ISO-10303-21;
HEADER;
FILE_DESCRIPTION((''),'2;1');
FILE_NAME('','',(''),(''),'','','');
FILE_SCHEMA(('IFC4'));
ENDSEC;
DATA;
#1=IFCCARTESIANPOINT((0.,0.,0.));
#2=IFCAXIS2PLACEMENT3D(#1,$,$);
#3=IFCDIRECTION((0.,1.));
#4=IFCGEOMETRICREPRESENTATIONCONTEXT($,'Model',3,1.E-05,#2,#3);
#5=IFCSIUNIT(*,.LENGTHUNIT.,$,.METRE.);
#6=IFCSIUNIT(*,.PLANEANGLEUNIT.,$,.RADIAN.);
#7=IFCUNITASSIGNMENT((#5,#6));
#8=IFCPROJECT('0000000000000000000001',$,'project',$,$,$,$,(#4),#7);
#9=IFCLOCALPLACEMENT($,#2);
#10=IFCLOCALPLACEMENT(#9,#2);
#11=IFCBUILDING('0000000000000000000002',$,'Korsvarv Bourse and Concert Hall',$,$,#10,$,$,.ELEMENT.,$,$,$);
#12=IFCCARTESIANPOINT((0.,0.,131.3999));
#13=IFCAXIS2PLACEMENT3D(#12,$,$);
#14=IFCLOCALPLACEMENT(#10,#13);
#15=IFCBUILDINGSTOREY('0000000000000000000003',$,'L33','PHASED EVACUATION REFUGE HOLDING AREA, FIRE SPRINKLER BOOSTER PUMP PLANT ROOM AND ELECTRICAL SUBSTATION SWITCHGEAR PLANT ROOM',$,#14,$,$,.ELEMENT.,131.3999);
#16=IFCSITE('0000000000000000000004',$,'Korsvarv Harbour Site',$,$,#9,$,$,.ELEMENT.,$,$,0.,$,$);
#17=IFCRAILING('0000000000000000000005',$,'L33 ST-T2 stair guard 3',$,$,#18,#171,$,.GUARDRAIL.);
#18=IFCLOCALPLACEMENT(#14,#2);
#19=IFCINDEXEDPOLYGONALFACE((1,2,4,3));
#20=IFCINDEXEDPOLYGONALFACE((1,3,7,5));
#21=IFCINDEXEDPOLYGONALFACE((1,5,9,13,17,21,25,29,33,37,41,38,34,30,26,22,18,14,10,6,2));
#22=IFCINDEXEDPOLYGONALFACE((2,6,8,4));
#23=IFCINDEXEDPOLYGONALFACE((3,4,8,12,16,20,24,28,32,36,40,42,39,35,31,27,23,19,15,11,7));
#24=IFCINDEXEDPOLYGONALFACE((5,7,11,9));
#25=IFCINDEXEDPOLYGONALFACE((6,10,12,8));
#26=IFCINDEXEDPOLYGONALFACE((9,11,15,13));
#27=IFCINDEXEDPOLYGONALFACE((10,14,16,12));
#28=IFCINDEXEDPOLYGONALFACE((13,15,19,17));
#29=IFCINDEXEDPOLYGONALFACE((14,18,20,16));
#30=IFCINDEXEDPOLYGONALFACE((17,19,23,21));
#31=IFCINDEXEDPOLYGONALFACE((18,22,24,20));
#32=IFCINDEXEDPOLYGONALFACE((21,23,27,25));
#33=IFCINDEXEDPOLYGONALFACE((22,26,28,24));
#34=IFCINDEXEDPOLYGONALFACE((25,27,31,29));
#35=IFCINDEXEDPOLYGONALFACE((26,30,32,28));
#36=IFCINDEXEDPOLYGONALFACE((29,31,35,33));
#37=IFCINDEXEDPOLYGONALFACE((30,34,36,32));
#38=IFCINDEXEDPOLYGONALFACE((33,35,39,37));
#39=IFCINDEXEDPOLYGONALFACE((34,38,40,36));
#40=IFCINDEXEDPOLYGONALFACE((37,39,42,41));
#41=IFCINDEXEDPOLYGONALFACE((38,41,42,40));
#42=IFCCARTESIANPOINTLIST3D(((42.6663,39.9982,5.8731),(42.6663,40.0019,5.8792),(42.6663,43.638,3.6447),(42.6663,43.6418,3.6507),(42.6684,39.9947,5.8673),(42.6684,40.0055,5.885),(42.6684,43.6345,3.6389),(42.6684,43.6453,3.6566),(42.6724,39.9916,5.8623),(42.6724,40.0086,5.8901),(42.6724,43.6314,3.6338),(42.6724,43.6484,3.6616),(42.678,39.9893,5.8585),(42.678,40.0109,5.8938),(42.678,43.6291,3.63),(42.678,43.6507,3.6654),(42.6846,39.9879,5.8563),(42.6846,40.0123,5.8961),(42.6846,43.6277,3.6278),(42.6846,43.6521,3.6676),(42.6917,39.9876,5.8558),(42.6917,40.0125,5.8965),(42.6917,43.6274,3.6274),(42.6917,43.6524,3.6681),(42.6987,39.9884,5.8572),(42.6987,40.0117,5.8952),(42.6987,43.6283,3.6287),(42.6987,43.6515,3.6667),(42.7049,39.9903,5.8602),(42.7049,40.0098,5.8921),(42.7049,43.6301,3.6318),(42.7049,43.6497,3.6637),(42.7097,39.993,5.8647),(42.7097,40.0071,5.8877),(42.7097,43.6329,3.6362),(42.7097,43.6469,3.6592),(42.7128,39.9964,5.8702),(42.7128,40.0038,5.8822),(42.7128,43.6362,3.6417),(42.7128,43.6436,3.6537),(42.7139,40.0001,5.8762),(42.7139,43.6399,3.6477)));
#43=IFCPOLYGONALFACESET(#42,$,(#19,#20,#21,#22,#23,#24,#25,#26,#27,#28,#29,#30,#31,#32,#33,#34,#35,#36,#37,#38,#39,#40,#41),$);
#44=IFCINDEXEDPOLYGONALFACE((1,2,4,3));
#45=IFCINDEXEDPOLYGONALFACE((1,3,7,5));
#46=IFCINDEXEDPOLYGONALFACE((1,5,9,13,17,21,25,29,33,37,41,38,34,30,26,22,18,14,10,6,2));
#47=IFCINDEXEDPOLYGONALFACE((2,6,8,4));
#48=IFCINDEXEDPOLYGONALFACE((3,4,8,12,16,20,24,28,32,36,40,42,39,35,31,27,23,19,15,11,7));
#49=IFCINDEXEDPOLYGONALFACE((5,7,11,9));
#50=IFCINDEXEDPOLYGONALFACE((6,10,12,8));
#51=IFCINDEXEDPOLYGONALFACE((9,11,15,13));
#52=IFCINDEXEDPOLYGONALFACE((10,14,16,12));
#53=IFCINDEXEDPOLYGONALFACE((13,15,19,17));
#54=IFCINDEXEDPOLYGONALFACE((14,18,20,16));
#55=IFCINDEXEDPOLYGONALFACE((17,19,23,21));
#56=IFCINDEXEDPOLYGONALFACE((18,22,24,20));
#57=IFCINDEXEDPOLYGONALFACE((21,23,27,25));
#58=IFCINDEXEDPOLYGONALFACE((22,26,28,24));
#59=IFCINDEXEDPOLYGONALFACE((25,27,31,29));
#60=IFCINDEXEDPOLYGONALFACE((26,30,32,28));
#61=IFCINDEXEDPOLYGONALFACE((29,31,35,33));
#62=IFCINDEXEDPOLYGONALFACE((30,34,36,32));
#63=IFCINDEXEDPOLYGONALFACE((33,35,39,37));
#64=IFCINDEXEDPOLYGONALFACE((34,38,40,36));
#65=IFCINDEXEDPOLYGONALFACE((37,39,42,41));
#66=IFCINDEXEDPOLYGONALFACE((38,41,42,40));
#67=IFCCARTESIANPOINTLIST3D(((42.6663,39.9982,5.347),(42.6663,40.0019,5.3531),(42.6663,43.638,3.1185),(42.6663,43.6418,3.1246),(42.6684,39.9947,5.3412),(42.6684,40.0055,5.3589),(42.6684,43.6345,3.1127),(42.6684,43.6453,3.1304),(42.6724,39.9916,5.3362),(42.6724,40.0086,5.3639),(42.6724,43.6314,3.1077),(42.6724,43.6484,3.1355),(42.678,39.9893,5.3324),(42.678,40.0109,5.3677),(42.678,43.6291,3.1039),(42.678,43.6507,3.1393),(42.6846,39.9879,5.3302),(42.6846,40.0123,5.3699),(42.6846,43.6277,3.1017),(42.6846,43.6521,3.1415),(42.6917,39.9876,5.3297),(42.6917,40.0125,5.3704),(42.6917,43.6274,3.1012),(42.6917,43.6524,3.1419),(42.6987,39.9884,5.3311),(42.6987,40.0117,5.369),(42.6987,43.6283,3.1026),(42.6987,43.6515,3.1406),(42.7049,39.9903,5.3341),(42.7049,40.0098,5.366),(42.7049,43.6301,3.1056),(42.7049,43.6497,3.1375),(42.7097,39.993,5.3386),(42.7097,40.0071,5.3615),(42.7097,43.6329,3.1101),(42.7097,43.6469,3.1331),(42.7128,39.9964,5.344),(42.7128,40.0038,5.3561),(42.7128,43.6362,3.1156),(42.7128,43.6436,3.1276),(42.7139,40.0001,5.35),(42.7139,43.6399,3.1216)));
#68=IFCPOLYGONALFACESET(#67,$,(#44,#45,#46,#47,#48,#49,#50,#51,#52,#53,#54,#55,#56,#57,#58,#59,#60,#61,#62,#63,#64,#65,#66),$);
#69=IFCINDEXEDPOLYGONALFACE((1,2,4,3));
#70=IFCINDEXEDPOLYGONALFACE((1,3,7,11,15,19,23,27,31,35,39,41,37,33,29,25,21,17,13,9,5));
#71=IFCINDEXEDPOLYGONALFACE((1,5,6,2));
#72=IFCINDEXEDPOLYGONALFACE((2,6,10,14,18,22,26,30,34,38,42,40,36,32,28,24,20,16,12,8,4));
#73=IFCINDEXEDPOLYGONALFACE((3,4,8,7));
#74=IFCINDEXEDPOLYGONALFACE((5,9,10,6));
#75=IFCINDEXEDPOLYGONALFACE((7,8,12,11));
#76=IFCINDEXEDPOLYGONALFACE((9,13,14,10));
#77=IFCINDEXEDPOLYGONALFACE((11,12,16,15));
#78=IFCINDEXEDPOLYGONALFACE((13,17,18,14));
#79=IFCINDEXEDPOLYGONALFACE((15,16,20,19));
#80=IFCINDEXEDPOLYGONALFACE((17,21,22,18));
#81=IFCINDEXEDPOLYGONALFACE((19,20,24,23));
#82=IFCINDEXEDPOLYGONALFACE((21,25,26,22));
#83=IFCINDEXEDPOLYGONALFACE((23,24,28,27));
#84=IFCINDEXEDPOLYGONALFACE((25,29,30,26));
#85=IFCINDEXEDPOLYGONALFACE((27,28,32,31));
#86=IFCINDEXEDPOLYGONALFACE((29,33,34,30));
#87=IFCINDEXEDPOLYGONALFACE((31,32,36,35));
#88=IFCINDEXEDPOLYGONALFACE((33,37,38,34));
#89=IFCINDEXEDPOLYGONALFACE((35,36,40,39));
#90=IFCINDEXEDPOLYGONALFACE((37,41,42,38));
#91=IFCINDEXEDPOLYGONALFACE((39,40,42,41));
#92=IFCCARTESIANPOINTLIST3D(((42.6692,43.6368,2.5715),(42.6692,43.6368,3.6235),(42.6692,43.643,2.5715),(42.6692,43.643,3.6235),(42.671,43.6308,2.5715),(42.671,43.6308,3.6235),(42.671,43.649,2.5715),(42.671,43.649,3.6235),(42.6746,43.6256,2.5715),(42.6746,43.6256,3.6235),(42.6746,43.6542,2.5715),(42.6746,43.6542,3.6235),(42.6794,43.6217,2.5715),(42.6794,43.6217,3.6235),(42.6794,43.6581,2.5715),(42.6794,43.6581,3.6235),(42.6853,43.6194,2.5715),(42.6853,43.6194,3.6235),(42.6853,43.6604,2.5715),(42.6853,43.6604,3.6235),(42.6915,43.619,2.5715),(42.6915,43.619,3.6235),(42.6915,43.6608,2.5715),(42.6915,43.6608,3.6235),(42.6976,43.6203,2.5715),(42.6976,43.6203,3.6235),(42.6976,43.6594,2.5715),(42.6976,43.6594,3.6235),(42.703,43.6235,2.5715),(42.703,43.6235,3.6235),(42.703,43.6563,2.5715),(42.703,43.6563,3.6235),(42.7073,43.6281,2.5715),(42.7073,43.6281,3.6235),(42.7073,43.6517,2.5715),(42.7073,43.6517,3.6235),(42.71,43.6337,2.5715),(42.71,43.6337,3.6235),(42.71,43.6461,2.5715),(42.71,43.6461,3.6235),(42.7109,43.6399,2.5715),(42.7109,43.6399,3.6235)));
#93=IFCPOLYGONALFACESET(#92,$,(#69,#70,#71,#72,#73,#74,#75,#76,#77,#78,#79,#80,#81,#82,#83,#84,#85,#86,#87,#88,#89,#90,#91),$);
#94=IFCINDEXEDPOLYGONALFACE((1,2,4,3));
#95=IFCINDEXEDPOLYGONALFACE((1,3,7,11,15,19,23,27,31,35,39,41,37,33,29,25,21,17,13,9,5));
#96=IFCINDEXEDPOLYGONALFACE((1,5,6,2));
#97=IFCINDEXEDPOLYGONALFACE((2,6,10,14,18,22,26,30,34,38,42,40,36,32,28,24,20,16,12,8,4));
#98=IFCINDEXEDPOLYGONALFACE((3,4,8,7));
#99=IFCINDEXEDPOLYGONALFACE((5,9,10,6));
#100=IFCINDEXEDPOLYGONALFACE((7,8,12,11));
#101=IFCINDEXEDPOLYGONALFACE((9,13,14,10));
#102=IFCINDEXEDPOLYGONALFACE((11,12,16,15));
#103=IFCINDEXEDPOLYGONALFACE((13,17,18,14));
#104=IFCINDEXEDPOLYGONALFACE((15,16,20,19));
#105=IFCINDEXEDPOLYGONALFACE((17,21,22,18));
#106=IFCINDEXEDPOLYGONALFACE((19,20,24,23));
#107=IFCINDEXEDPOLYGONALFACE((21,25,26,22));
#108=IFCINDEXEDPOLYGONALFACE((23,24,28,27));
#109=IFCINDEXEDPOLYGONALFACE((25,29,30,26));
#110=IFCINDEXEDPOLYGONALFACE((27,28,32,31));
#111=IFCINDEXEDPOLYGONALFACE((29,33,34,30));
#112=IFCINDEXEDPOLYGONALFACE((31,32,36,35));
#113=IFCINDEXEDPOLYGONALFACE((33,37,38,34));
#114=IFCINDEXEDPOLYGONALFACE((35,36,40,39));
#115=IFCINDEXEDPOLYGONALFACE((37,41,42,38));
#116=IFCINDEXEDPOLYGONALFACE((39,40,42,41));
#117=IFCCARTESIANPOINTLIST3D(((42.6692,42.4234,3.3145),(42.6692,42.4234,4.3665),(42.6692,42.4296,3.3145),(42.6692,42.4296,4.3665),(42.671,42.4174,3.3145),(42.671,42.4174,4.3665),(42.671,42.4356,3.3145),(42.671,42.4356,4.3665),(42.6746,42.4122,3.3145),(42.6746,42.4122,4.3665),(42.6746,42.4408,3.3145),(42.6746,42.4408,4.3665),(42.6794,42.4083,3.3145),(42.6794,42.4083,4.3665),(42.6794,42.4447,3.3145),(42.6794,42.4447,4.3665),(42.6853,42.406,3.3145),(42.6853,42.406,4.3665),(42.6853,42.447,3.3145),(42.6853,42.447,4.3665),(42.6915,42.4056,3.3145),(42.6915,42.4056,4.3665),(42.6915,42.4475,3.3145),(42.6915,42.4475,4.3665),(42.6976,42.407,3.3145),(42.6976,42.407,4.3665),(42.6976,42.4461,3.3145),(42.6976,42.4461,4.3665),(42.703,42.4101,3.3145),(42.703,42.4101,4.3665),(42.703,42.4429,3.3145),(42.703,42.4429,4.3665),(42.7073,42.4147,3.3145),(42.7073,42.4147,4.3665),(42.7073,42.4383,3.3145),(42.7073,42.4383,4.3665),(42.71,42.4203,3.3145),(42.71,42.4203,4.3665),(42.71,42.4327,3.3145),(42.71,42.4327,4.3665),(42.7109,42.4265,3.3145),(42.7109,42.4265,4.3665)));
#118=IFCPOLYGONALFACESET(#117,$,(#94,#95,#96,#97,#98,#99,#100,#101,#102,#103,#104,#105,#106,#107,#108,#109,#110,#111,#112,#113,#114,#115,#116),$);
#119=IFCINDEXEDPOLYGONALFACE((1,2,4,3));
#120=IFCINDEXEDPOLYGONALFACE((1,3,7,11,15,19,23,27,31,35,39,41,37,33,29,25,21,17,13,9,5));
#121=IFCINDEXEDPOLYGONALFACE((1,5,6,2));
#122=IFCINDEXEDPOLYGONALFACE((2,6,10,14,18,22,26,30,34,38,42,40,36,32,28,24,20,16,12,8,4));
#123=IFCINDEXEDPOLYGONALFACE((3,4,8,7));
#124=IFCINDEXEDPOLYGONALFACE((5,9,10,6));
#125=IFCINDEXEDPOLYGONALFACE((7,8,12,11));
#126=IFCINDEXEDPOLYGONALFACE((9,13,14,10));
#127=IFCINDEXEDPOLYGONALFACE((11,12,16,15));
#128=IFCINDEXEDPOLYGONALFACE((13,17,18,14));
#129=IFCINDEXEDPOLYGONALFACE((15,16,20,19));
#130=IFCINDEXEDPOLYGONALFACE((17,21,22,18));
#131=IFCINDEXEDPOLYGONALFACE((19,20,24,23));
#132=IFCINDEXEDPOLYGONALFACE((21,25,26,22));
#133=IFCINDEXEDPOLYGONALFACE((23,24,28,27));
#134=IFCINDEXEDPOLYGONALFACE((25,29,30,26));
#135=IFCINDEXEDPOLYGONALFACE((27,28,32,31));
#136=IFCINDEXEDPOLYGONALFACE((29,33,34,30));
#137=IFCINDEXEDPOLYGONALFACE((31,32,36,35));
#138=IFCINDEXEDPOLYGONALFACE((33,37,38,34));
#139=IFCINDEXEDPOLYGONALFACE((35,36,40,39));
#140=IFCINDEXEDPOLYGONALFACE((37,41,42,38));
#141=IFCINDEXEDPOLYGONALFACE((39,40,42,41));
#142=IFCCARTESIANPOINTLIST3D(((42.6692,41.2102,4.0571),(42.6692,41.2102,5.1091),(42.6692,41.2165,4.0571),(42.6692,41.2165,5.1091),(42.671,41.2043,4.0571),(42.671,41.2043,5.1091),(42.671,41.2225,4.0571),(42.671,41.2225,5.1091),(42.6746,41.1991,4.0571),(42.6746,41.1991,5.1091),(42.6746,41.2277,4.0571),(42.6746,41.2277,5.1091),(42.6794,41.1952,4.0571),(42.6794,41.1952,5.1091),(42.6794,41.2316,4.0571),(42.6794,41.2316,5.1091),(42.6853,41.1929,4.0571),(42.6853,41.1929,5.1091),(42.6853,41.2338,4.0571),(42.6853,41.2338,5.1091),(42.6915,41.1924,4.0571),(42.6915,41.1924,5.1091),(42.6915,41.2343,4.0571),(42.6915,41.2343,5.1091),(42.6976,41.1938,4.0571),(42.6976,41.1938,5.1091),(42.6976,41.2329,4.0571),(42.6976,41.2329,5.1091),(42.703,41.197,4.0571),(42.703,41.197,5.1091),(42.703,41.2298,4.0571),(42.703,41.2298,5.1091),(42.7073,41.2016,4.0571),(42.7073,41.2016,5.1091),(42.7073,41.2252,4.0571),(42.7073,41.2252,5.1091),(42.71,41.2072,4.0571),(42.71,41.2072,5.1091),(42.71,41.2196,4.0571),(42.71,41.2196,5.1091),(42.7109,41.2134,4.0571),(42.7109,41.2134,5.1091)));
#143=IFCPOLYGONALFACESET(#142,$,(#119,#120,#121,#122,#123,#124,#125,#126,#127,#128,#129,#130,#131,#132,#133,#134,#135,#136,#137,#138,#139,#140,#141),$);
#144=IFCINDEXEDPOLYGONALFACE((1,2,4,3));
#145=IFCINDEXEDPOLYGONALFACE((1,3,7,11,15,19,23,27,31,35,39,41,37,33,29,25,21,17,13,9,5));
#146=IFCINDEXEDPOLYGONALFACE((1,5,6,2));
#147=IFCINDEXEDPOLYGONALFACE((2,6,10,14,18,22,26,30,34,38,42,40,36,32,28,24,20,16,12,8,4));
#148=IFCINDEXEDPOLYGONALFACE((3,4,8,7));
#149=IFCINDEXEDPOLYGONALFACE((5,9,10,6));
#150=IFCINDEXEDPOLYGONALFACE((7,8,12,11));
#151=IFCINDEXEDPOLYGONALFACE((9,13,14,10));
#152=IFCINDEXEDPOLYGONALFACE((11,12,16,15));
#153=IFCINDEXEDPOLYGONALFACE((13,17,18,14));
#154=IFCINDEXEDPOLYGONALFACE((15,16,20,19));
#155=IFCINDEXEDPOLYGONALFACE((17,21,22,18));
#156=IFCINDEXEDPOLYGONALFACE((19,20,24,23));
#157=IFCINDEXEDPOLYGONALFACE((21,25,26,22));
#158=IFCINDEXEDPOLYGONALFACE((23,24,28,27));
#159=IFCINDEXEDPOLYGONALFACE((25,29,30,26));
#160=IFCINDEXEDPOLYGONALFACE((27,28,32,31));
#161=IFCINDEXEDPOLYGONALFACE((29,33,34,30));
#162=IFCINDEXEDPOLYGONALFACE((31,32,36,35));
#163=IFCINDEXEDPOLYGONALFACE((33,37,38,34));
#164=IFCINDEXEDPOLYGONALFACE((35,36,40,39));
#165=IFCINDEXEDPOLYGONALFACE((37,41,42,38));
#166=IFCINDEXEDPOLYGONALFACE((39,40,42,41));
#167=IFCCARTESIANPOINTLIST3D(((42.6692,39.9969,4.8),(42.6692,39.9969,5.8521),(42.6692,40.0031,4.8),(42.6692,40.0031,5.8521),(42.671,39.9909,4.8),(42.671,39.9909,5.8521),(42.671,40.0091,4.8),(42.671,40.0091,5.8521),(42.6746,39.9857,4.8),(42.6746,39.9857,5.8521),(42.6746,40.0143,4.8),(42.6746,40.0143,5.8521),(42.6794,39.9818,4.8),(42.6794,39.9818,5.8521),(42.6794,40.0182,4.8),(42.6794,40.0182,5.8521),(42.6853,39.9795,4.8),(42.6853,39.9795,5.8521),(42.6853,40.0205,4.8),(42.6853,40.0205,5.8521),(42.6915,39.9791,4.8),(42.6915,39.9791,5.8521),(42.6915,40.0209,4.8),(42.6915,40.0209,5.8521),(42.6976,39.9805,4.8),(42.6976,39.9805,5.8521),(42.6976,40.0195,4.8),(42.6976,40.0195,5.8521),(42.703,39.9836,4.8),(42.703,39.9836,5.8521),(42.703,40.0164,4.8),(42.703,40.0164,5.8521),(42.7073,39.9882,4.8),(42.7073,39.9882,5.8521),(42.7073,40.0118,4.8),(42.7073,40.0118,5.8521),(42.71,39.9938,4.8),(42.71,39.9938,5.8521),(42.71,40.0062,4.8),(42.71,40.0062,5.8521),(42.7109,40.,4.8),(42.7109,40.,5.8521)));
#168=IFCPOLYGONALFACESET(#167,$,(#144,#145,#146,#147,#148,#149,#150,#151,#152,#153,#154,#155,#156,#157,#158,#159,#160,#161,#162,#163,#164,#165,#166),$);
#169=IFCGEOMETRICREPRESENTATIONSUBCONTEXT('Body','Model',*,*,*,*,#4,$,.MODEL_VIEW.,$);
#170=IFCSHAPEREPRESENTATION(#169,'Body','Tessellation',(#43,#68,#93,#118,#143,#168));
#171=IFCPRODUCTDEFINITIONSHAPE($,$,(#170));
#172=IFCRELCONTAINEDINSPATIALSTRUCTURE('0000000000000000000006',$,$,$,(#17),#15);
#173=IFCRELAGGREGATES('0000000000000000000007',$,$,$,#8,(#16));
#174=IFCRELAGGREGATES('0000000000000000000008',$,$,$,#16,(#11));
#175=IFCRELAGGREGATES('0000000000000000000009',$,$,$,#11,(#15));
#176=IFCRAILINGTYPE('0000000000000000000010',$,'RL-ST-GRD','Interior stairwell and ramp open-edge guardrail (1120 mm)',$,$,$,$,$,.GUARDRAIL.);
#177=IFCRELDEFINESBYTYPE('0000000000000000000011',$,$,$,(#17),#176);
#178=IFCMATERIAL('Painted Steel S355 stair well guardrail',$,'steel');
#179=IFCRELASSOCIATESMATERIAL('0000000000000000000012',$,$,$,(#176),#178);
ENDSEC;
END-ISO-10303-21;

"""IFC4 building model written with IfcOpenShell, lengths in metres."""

from ifc_helpers import new_model, si_unit, direction, frame, origin, origin_2d, place, context, subcontext, project, spatial, circle, extrude, material, type_object, element, save


model = new_model("IFC4")

# Units and contexts
model_context = context("Model", 3, precision=1e-05, world=origin(), true_north=direction((0.0, 1.0)))
body_context = subcontext(model_context, "Body", "Model", "MODEL_VIEW")
ifc_project = project(units=[si_unit("LENGTHUNIT", "METRE"), si_unit("PLANEANGLEUNIT", "RADIAN")], contexts=[model_context])

# Site, building, storey
site_placement = place(None, origin())
site = spatial("IfcSite", under=ifc_project, at=site_placement, Name="Korsvarv Harbour Site", CompositionType="ELEMENT", RefElevation=0.0)
building_placement = place(site_placement, origin())
building = spatial("IfcBuilding", under=site, at=building_placement, Name="Korsvarv Bourse and Concert Hall", CompositionType="ELEMENT")
storey_placement = place(building_placement, frame((0.0, 0.0, 131.3999)))
storey = spatial("IfcBuildingStorey", under=building, at=storey_placement, Name="L33", Description="PHASED EVACUATION REFUGE HOLDING AREA, FIRE SPRINKLER BOOSTER PUMP PLANT ROOM AND ELECTRICAL SUBSTATION SWITCHGEAR PLANT ROOM", CompositionType="ELEMENT", Elevation=131.3999)

# Railing
ifc_material_1 = material(Name="Painted Steel S355 stair well guardrail", Category="steel")
railing_type_1 = type_object("IfcRailingType", Name="RL-ST-GRD", Description="Interior stairwell and ramp open-edge guardrail (1120 mm)", PredefinedType="GUARDRAIL", material=ifc_material_1)
railing_1_placement = place(storey_placement, frame((42.6899, 43.6399, 2.5715)))
element("IfcRailing", 1, at=railing_1_placement, inside=storey, type_object=railing_type_1, Name="L33 ST-T2 stair guard 3", PredefinedType="GUARDRAIL", context=body_context, shape_type="SweptSolid", body=[
    extrude(circle(Radius=0.0239, at=origin_2d()), frame((0.0, 0.0, 1.0762), z_axis=(0.0, -0.85285, 0.522156), x_axis=(1.0, 0.0, 0.0)), (0.0, 0.0, 1.0), 4.2678),
    extrude(circle(Radius=0.0239, at=origin_2d()), frame((0.0, 0.0, 0.55), z_axis=(0.0, -0.85285, 0.522156), x_axis=(1.0, 0.0, 0.0)), (0.0, 0.0, 1.0), 4.2678),
    extrude(circle(Radius=0.021, at=origin_2d()), origin(), (0.0, 0.0, 1.0), 1.052),
    extrude(circle(Radius=0.021, at=origin_2d()), frame((0.0, -1.2134, 0.7429)), (0.0, 0.0, 1.0), 1.052),
    extrude(circle(Radius=0.021, at=origin_2d()), frame((0.0, -2.4265, 1.4856)), (0.0, 0.0, 1.0), 1.052),
    extrude(circle(Radius=0.021, at=origin_2d()), frame((0.0, -3.6399, 2.2285)), (0.0, 0.0, 1.0), 1.052),
])

save(model, "model.ifc")
